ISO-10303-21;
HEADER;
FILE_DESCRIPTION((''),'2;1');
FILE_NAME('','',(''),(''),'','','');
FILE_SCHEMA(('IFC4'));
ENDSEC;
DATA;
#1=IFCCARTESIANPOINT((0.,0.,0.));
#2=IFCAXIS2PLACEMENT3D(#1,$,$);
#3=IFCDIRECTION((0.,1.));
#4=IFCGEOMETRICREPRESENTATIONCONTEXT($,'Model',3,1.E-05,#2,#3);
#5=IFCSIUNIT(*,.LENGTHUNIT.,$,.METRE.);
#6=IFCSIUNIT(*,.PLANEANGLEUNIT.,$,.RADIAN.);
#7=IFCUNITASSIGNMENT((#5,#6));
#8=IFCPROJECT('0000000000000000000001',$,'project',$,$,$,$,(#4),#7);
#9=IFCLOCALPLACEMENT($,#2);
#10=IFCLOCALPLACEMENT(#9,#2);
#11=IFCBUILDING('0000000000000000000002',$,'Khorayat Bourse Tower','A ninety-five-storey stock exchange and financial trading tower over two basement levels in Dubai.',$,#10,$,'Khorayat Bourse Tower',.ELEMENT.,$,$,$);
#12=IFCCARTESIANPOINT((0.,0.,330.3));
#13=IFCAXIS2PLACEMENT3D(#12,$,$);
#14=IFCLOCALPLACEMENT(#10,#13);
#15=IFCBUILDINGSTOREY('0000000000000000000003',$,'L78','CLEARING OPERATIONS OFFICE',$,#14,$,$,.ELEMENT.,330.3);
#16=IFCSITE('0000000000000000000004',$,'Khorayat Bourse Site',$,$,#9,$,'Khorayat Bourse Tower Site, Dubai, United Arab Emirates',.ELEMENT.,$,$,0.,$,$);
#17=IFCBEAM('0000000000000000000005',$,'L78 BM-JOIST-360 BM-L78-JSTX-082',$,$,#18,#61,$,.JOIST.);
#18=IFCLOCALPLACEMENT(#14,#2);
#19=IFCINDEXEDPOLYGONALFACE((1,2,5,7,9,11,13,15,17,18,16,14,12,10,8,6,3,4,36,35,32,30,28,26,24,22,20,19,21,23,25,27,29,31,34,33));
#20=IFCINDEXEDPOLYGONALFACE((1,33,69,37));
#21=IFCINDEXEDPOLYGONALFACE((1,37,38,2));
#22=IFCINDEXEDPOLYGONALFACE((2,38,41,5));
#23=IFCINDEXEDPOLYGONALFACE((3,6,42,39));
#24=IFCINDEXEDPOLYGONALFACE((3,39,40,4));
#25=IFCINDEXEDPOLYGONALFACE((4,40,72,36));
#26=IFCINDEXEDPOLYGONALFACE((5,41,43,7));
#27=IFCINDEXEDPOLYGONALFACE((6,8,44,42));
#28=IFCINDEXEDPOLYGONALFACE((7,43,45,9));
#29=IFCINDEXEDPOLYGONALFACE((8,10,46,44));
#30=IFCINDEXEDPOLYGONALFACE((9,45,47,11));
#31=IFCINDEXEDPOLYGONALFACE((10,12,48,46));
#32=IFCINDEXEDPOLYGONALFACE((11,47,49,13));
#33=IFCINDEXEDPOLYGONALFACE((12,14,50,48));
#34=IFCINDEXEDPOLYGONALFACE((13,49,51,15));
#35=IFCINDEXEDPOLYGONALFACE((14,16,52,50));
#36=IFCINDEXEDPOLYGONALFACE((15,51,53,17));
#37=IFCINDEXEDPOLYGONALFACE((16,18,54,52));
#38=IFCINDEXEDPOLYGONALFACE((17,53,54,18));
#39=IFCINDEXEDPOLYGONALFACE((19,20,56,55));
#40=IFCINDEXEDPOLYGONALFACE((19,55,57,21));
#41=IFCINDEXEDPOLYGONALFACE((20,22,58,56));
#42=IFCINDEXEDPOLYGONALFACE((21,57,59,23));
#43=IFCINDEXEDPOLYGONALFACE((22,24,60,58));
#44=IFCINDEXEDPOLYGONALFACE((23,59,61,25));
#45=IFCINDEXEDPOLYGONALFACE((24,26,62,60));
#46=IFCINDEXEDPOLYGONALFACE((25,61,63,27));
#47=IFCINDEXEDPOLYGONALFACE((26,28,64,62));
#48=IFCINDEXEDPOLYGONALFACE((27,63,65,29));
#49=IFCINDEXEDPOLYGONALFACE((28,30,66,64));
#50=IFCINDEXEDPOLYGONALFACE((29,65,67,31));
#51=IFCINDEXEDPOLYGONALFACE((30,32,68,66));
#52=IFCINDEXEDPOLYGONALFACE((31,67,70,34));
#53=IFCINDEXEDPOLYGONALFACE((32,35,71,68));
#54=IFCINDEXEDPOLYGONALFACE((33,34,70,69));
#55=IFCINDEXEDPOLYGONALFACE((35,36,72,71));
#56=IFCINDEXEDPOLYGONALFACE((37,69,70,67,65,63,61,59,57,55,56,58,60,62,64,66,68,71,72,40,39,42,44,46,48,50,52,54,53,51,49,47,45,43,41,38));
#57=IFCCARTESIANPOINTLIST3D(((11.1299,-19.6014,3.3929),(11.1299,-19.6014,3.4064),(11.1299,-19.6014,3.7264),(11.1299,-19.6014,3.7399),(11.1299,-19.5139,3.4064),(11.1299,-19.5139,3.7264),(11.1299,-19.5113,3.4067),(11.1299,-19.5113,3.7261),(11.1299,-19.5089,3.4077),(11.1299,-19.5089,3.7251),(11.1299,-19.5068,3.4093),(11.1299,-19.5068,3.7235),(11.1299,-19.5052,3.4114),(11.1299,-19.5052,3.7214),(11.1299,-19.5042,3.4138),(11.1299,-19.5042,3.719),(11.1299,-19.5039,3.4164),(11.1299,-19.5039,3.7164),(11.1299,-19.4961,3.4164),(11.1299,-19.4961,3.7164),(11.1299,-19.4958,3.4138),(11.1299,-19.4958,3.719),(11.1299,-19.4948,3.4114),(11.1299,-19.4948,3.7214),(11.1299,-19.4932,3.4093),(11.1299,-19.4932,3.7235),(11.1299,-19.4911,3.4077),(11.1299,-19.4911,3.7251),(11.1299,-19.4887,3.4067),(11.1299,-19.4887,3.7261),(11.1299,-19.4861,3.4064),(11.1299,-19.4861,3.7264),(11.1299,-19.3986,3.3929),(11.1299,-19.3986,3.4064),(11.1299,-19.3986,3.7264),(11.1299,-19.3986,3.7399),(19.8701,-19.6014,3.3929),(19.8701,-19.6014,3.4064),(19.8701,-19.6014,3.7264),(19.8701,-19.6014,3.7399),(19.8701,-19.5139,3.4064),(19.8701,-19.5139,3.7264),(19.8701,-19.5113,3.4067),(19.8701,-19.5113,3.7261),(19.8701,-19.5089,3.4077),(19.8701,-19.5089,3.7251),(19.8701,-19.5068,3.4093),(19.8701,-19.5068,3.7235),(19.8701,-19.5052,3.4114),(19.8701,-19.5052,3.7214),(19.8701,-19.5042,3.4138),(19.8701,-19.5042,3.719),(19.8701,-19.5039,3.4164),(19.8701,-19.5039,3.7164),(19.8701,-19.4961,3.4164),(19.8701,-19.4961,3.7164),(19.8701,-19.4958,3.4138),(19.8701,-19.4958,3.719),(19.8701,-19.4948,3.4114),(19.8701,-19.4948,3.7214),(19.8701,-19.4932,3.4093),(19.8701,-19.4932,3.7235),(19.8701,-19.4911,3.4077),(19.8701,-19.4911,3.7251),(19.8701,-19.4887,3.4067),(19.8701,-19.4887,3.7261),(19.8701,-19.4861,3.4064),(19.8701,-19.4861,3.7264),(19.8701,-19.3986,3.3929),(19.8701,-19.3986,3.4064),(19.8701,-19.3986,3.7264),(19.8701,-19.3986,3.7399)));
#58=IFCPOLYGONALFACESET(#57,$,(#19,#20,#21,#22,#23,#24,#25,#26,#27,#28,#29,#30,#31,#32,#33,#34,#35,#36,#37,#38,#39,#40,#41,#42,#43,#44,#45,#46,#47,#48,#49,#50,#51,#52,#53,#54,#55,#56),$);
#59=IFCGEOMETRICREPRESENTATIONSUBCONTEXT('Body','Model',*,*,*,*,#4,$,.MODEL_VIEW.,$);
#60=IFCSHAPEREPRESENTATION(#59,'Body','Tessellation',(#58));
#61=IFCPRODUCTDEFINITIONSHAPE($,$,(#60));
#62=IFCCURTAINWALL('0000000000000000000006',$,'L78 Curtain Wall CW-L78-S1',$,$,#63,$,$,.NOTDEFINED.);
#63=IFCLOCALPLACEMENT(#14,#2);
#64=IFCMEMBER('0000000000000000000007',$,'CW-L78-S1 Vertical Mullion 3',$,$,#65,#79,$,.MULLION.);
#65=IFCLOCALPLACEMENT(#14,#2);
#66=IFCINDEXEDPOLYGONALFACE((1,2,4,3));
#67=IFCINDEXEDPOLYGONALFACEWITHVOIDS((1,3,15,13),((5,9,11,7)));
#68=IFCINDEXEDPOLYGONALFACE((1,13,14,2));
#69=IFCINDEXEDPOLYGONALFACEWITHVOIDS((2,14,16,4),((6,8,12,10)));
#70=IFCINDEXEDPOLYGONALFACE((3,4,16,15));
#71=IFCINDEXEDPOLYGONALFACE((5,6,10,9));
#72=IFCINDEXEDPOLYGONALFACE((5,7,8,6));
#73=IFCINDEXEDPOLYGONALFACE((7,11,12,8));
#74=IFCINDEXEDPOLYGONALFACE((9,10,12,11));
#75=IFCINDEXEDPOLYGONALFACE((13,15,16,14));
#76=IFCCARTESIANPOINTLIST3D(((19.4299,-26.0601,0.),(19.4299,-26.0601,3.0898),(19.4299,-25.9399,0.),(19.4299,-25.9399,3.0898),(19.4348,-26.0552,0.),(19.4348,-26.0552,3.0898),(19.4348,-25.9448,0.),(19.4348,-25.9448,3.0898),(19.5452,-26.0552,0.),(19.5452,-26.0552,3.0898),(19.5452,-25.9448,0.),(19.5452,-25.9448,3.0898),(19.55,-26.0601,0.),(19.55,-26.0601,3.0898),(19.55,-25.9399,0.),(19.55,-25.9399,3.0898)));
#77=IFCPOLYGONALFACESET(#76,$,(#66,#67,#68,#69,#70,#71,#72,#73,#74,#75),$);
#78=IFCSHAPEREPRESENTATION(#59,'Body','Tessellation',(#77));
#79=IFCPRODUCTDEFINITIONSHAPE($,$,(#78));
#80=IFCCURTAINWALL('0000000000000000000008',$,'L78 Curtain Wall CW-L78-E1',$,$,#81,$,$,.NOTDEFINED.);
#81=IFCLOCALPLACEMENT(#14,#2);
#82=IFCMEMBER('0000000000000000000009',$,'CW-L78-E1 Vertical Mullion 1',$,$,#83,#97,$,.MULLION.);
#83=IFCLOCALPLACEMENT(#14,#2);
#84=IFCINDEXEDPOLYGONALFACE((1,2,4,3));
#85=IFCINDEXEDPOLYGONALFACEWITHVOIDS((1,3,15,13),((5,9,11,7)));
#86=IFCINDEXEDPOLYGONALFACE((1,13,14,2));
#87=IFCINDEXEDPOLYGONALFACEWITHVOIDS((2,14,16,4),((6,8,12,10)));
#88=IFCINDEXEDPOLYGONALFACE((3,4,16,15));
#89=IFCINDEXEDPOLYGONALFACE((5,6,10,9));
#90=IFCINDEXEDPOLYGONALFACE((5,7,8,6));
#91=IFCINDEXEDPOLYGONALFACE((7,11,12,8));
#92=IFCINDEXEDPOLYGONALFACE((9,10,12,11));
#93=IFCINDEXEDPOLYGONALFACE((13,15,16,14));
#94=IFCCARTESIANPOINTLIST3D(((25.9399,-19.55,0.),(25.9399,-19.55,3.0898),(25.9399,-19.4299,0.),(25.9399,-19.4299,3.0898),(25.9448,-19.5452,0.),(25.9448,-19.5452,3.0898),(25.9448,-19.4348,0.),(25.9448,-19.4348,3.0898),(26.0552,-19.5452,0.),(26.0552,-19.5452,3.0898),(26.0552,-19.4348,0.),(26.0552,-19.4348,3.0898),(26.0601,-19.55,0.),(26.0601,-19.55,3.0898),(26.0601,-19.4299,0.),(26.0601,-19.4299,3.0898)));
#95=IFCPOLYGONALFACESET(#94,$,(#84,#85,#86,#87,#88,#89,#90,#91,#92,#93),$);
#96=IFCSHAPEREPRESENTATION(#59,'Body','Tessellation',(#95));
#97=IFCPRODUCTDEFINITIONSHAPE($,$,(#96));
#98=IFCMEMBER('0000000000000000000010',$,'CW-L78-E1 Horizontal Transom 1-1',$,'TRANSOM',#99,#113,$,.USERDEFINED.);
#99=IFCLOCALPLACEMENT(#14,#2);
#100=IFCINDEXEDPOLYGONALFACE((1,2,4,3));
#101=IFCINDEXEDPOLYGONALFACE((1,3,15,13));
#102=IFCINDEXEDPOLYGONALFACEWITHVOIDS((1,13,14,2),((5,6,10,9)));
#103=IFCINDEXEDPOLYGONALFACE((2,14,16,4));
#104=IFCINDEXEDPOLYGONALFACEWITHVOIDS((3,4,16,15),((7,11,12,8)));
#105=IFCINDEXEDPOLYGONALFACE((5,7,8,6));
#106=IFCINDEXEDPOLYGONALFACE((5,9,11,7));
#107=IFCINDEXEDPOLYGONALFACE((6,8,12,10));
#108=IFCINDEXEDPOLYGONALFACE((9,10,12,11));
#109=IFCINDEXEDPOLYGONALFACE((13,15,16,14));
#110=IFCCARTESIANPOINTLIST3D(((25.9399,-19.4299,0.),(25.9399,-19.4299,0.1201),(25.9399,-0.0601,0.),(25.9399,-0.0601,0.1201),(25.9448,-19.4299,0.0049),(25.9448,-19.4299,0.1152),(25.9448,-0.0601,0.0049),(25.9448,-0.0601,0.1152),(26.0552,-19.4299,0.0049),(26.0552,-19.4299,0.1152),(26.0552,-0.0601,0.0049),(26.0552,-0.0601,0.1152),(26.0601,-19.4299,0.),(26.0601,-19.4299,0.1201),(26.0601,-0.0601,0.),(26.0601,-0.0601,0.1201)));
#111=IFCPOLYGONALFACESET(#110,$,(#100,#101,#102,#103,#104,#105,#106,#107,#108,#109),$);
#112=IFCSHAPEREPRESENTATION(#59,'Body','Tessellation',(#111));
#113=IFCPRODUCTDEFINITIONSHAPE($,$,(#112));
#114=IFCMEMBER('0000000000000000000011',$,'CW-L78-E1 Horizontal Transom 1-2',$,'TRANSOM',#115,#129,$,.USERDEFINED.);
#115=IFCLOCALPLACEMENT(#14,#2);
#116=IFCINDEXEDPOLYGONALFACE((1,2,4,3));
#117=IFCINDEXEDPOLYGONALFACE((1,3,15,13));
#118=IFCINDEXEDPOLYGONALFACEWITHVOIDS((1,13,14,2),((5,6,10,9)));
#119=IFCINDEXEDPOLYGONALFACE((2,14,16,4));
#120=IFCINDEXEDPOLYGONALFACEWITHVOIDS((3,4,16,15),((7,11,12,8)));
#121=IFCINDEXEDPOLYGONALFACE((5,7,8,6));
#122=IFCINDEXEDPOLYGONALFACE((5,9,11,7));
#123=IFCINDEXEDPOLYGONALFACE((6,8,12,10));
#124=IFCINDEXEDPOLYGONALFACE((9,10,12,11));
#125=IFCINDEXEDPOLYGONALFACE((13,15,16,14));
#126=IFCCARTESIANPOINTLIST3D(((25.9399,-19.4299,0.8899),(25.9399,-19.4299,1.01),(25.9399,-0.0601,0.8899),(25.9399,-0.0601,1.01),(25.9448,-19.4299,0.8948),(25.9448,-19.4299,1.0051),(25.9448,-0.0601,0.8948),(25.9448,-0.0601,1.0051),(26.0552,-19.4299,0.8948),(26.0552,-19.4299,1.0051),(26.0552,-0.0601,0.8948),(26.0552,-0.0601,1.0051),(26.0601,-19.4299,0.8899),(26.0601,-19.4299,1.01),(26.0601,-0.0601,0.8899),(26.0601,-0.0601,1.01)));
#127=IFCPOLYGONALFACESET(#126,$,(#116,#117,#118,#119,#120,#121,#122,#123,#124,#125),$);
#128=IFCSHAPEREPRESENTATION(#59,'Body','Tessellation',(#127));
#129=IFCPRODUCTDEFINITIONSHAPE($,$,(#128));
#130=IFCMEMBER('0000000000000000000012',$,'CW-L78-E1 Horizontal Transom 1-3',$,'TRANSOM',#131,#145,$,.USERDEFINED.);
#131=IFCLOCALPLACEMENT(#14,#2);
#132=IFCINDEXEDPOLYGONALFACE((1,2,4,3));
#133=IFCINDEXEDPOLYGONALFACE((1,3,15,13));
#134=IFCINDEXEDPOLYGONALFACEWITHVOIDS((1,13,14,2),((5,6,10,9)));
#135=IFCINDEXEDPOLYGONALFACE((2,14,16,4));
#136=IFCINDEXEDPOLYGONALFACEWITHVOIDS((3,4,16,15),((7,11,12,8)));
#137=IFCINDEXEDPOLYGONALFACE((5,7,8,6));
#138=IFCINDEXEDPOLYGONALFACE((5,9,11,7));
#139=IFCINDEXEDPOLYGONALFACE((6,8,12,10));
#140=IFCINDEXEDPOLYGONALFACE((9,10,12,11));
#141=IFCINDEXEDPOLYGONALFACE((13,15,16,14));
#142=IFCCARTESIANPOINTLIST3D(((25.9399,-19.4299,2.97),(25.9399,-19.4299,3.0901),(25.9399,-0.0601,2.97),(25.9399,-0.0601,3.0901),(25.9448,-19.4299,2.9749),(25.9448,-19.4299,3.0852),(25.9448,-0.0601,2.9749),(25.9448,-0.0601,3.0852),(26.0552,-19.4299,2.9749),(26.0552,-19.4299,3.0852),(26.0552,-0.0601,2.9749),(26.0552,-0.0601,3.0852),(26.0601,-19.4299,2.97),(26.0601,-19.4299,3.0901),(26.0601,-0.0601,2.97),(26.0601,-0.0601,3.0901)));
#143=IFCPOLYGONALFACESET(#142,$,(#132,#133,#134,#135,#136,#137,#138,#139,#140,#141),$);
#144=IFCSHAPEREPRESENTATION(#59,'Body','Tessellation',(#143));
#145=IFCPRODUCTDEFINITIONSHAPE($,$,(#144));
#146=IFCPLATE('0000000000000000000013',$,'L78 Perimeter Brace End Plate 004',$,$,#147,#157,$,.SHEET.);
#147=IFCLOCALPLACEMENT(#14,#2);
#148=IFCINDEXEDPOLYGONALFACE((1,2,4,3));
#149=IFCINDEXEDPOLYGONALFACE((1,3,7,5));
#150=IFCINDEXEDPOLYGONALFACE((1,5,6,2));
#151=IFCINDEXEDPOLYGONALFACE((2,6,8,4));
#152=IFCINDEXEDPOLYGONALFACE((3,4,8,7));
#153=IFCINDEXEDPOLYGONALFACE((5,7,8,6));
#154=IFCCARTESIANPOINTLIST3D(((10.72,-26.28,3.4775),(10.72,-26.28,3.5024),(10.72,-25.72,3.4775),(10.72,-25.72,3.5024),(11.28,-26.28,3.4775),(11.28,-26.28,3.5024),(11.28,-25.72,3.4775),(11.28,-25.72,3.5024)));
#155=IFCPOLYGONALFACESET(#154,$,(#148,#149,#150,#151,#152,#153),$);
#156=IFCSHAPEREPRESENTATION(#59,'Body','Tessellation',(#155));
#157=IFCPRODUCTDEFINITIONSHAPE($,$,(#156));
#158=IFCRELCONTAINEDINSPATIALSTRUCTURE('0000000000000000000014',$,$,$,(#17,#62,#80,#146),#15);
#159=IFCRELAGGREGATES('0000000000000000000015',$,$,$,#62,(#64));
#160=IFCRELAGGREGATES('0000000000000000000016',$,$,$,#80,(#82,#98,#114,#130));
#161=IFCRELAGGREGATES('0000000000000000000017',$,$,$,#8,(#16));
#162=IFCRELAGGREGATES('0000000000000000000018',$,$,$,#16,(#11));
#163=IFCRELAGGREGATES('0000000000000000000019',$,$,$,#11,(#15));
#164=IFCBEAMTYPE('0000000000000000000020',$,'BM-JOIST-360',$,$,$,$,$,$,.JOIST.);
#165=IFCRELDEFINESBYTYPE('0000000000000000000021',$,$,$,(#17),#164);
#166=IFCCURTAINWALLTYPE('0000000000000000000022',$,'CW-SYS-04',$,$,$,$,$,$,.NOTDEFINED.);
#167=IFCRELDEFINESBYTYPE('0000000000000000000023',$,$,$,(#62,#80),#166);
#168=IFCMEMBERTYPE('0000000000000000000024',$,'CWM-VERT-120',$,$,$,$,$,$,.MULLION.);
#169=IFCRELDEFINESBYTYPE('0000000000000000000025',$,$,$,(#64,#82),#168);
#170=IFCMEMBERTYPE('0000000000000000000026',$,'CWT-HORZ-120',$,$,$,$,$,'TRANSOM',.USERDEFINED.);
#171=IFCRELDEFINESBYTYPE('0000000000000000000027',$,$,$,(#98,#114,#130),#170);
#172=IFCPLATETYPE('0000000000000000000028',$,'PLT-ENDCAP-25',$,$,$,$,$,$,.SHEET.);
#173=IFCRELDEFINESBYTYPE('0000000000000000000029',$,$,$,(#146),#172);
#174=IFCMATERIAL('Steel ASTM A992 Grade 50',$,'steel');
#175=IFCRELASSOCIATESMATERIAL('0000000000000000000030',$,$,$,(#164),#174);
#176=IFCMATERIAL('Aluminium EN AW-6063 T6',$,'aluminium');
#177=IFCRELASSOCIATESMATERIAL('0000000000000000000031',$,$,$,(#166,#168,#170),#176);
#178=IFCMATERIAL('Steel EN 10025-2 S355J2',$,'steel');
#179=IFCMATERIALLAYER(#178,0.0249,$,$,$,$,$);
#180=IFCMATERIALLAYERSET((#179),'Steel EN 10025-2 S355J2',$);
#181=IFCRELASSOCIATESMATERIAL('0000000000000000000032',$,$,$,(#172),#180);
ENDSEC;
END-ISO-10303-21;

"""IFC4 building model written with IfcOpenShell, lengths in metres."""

from ifc_helpers import new_model, si_unit, direction, frame, origin, origin_2d, place, context, subcontext, project, spatial, rectangle, hollow_rectangle, i_section, extrude, source, transform, mapped, material, layer, layer_set, material_profile, profile_set, type_object, element, aggregate, save


model = new_model("IFC4")

# Units and contexts
model_context = context("Model", 3, precision=1e-05, world=origin(), true_north=direction((0.0, 1.0)))
body_context = subcontext(model_context, "Body", "Model", "MODEL_VIEW")
ifc_project = project(units=[si_unit("LENGTHUNIT", "METRE"), si_unit("PLANEANGLEUNIT", "RADIAN")], contexts=[model_context])

# Site, building, storey
site_placement = place(None, origin())
site = spatial("IfcSite", under=ifc_project, at=site_placement, Name="Khorayat Bourse Site", LongName="Khorayat Bourse Tower Site, Dubai, United Arab Emirates", CompositionType="ELEMENT", RefElevation=0.0)
building_placement = place(site_placement, origin())
building = spatial("IfcBuilding", under=site, at=building_placement, Name="Khorayat Bourse Tower", Description="A ninety-five-storey stock exchange and financial trading tower over two basement levels in Dubai.", LongName="Khorayat Bourse Tower", CompositionType="ELEMENT")
storey_placement = place(building_placement, frame((0.0, 0.0, 330.3)))
storey = spatial("IfcBuildingStorey", under=building, at=storey_placement, Name="L78", Description="CLEARING OPERATIONS OFFICE", CompositionType="ELEMENT", Elevation=330.3)

# Shared definitions
ifc_material_1 = material(Name="Steel EN 10025-2 S355J2", Category="steel")

# Beam
ifc_material_2 = material(Name="Steel ASTM A992 Grade 50", Category="steel")
ifc_material_profile_1 = material_profile(ifc_material_2, i_section(OverallWidth=0.2029, OverallDepth=0.3469, WebThickness=0.0078, FlangeThickness=0.0134, FilletRadius=0.01, at=origin_2d()), Name="W360X64")
ifc_profile_set_1 = profile_set([ifc_material_profile_1], Name="Steel ASTM A992 Grade 50")
beam_type_1 = type_object("IfcBeamType", Name="BM-JOIST-360", PredefinedType="JOIST", material=ifc_profile_set_1)
shared_shape_1 = source(origin(), body_context, "Body", "SweptSolid", [
    extrude(i_section(OverallWidth=0.2029, OverallDepth=0.3469, WebThickness=0.0078, FlangeThickness=0.0134, FilletRadius=0.01, at=origin_2d()), origin(), (0.0, 0.0, 1.0), 8.7402),
])
beam_1_placement = place(storey_placement, frame((11.1299, -19.5, 3.5664), z_axis=(1.0, 0.0, 0.0), x_axis=(0.0, 1.0, 0.0)))
element("IfcBeam", 1, at=beam_1_placement, inside=storey, type_object=beam_type_1, Name="L78 BM-JOIST-360 BM-L78-JSTX-082", PredefinedType="JOIST", context=body_context, shape_type="MappedRepresentation", body=[
    mapped(shared_shape_1, transform((0.0, 0.0, 0.0), scale=1.0)),
])

# Curtain wall, member
ifc_material_3 = material(Name="Aluminium EN AW-6063 T6", Category="aluminium")
curtain_wall_type = type_object("IfcCurtainWallType", Name="CW-SYS-04", PredefinedType="NOTDEFINED", material=ifc_material_3)
curtain_wall_1_placement = place(storey_placement, origin())
curtain_wall_1 = element("IfcCurtainWall", 2, at=curtain_wall_1_placement, inside=storey, type_object=curtain_wall_type, Name="L78 Curtain Wall CW-L78-S1", PredefinedType="NOTDEFINED")
ifc_material_profile_2 = material_profile(ifc_material_3, hollow_rectangle(XDim=0.1201, YDim=0.1201, WallThickness=0.0049, at=origin_2d()), Name="ALU 120x120x5")
ifc_profile_set_2 = profile_set([ifc_material_profile_2], Name="Aluminium EN AW-6063 T6")
member_type_1 = type_object("IfcMemberType", Name="CWM-VERT-120", PredefinedType="MULLION", material=ifc_profile_set_2)
shared_shape_2 = source(origin(), body_context, "Body", "SweptSolid", [
    extrude(hollow_rectangle(XDim=0.1201, YDim=0.1201, WallThickness=0.0049, at=origin_2d()), origin(), (0.0, 0.0, 1.0), 3.0898),
])
member_1_placement = place(storey_placement, frame((19.49, -26.0, 0.0), z_axis=(0.0, 0.0, 1.0), x_axis=(0.0, 1.0, 0.0)))
member_1 = element("IfcMember", 3, at=member_1_placement, type_object=member_type_1, Name="CW-L78-S1 Vertical Mullion 3", PredefinedType="MULLION", context=body_context, shape_type="MappedRepresentation", body=[
    mapped(shared_shape_2, transform((0.0, 0.0, 0.0), scale=1.0)),
])
aggregate(curtain_wall_1, [member_1])

# Curtain wall, members
curtain_wall_2_placement = place(storey_placement, origin())
curtain_wall_2 = element("IfcCurtainWall", 4, at=curtain_wall_2_placement, inside=storey, type_object=curtain_wall_type, Name="L78 Curtain Wall CW-L78-E1", PredefinedType="NOTDEFINED")
member_2_placement = place(storey_placement, frame((26.0, -19.49, 0.0), z_axis=(0.0, 0.0, 1.0), x_axis=(-1.0, 0.0, 0.0)))
member_2 = element("IfcMember", 5, at=member_2_placement, type_object=member_type_1, Name="CW-L78-E1 Vertical Mullion 1", PredefinedType="MULLION", context=body_context, shape_type="MappedRepresentation", body=[
    mapped(shared_shape_2, transform((0.0, 0.0, 0.0), scale=1.0)),
])
ifc_material_profile_3 = material_profile(ifc_material_3, hollow_rectangle(XDim=0.1201, YDim=0.1201, WallThickness=0.0049, at=origin_2d()), Name="ALU 120x120x5")
ifc_profile_set_3 = profile_set([ifc_material_profile_3], Name="Aluminium EN AW-6063 T6")
member_type_2 = type_object("IfcMemberType", Name="CWT-HORZ-120", ElementType="TRANSOM", PredefinedType="USERDEFINED", material=ifc_profile_set_3)
shared_shape_3 = source(origin(), body_context, "Body", "SweptSolid", [
    extrude(hollow_rectangle(XDim=0.1201, YDim=0.1201, WallThickness=0.0049, at=origin_2d()), origin(), (0.0, 0.0, 1.0), 19.3699),
])
member_3_placement = place(storey_placement, frame((26.0, -19.4299, 0.0601), z_axis=(0.0, 1.0, 0.0), x_axis=(-1.0, 0.0, 0.0)))
member_3 = element("IfcMember", 6, at=member_3_placement, type_object=member_type_2, Name="CW-L78-E1 Horizontal Transom 1-1", ObjectType="TRANSOM", PredefinedType="USERDEFINED", context=body_context, shape_type="MappedRepresentation", body=[
    mapped(shared_shape_3, transform((0.0, 0.0, 0.0), scale=1.0)),
])
member_4_placement = place(storey_placement, frame((26.0, -19.4299, 0.95), z_axis=(0.0, 1.0, 0.0), x_axis=(-1.0, 0.0, 0.0)))
member_4 = element("IfcMember", 7, at=member_4_placement, type_object=member_type_2, Name="CW-L78-E1 Horizontal Transom 1-2", ObjectType="TRANSOM", PredefinedType="USERDEFINED", context=body_context, shape_type="MappedRepresentation", body=[
    mapped(shared_shape_3, transform((0.0, 0.0, 0.0), scale=1.0)),
])
member_5_placement = place(storey_placement, frame((26.0, -19.4299, 3.03), z_axis=(0.0, 1.0, 0.0), x_axis=(-1.0, 0.0, 0.0)))
member_5 = element("IfcMember", 8, at=member_5_placement, type_object=member_type_2, Name="CW-L78-E1 Horizontal Transom 1-3", ObjectType="TRANSOM", PredefinedType="USERDEFINED", context=body_context, shape_type="MappedRepresentation", body=[
    mapped(shared_shape_3, transform((0.0, 0.0, 0.0), scale=1.0)),
])
aggregate(curtain_wall_2, [member_2, member_3, member_4, member_5])

# Plate
ifc_layer_1 = layer(ifc_material_1, 0.0249)
ifc_layer_set_1 = layer_set([ifc_layer_1], Name="Steel EN 10025-2 S355J2")
plate_type = type_object("IfcPlateType", Name="PLT-ENDCAP-25", PredefinedType="SHEET", material=ifc_layer_set_1)
shared_shape_4 = source(origin(), body_context, "Body", "SweptSolid", [
    extrude(rectangle(XDim=0.5601, YDim=0.5601, at=origin_2d()), origin(), (0.0, 0.0, 1.0), 0.0249),
])
plate_placement = place(storey_placement, frame((11.0, -26.0, 3.4775), z_axis=(0.0, 0.0, 1.0), x_axis=(1.0, 0.0, 0.0)))
element("IfcPlate", 9, at=plate_placement, inside=storey, type_object=plate_type, Name="L78 Perimeter Brace End Plate 004", PredefinedType="SHEET", context=body_context, shape_type="MappedRepresentation", body=[
    mapped(shared_shape_4, transform((0.0, 0.0, 0.0), scale=1.0)),
])

save(model, "model.ifc")
